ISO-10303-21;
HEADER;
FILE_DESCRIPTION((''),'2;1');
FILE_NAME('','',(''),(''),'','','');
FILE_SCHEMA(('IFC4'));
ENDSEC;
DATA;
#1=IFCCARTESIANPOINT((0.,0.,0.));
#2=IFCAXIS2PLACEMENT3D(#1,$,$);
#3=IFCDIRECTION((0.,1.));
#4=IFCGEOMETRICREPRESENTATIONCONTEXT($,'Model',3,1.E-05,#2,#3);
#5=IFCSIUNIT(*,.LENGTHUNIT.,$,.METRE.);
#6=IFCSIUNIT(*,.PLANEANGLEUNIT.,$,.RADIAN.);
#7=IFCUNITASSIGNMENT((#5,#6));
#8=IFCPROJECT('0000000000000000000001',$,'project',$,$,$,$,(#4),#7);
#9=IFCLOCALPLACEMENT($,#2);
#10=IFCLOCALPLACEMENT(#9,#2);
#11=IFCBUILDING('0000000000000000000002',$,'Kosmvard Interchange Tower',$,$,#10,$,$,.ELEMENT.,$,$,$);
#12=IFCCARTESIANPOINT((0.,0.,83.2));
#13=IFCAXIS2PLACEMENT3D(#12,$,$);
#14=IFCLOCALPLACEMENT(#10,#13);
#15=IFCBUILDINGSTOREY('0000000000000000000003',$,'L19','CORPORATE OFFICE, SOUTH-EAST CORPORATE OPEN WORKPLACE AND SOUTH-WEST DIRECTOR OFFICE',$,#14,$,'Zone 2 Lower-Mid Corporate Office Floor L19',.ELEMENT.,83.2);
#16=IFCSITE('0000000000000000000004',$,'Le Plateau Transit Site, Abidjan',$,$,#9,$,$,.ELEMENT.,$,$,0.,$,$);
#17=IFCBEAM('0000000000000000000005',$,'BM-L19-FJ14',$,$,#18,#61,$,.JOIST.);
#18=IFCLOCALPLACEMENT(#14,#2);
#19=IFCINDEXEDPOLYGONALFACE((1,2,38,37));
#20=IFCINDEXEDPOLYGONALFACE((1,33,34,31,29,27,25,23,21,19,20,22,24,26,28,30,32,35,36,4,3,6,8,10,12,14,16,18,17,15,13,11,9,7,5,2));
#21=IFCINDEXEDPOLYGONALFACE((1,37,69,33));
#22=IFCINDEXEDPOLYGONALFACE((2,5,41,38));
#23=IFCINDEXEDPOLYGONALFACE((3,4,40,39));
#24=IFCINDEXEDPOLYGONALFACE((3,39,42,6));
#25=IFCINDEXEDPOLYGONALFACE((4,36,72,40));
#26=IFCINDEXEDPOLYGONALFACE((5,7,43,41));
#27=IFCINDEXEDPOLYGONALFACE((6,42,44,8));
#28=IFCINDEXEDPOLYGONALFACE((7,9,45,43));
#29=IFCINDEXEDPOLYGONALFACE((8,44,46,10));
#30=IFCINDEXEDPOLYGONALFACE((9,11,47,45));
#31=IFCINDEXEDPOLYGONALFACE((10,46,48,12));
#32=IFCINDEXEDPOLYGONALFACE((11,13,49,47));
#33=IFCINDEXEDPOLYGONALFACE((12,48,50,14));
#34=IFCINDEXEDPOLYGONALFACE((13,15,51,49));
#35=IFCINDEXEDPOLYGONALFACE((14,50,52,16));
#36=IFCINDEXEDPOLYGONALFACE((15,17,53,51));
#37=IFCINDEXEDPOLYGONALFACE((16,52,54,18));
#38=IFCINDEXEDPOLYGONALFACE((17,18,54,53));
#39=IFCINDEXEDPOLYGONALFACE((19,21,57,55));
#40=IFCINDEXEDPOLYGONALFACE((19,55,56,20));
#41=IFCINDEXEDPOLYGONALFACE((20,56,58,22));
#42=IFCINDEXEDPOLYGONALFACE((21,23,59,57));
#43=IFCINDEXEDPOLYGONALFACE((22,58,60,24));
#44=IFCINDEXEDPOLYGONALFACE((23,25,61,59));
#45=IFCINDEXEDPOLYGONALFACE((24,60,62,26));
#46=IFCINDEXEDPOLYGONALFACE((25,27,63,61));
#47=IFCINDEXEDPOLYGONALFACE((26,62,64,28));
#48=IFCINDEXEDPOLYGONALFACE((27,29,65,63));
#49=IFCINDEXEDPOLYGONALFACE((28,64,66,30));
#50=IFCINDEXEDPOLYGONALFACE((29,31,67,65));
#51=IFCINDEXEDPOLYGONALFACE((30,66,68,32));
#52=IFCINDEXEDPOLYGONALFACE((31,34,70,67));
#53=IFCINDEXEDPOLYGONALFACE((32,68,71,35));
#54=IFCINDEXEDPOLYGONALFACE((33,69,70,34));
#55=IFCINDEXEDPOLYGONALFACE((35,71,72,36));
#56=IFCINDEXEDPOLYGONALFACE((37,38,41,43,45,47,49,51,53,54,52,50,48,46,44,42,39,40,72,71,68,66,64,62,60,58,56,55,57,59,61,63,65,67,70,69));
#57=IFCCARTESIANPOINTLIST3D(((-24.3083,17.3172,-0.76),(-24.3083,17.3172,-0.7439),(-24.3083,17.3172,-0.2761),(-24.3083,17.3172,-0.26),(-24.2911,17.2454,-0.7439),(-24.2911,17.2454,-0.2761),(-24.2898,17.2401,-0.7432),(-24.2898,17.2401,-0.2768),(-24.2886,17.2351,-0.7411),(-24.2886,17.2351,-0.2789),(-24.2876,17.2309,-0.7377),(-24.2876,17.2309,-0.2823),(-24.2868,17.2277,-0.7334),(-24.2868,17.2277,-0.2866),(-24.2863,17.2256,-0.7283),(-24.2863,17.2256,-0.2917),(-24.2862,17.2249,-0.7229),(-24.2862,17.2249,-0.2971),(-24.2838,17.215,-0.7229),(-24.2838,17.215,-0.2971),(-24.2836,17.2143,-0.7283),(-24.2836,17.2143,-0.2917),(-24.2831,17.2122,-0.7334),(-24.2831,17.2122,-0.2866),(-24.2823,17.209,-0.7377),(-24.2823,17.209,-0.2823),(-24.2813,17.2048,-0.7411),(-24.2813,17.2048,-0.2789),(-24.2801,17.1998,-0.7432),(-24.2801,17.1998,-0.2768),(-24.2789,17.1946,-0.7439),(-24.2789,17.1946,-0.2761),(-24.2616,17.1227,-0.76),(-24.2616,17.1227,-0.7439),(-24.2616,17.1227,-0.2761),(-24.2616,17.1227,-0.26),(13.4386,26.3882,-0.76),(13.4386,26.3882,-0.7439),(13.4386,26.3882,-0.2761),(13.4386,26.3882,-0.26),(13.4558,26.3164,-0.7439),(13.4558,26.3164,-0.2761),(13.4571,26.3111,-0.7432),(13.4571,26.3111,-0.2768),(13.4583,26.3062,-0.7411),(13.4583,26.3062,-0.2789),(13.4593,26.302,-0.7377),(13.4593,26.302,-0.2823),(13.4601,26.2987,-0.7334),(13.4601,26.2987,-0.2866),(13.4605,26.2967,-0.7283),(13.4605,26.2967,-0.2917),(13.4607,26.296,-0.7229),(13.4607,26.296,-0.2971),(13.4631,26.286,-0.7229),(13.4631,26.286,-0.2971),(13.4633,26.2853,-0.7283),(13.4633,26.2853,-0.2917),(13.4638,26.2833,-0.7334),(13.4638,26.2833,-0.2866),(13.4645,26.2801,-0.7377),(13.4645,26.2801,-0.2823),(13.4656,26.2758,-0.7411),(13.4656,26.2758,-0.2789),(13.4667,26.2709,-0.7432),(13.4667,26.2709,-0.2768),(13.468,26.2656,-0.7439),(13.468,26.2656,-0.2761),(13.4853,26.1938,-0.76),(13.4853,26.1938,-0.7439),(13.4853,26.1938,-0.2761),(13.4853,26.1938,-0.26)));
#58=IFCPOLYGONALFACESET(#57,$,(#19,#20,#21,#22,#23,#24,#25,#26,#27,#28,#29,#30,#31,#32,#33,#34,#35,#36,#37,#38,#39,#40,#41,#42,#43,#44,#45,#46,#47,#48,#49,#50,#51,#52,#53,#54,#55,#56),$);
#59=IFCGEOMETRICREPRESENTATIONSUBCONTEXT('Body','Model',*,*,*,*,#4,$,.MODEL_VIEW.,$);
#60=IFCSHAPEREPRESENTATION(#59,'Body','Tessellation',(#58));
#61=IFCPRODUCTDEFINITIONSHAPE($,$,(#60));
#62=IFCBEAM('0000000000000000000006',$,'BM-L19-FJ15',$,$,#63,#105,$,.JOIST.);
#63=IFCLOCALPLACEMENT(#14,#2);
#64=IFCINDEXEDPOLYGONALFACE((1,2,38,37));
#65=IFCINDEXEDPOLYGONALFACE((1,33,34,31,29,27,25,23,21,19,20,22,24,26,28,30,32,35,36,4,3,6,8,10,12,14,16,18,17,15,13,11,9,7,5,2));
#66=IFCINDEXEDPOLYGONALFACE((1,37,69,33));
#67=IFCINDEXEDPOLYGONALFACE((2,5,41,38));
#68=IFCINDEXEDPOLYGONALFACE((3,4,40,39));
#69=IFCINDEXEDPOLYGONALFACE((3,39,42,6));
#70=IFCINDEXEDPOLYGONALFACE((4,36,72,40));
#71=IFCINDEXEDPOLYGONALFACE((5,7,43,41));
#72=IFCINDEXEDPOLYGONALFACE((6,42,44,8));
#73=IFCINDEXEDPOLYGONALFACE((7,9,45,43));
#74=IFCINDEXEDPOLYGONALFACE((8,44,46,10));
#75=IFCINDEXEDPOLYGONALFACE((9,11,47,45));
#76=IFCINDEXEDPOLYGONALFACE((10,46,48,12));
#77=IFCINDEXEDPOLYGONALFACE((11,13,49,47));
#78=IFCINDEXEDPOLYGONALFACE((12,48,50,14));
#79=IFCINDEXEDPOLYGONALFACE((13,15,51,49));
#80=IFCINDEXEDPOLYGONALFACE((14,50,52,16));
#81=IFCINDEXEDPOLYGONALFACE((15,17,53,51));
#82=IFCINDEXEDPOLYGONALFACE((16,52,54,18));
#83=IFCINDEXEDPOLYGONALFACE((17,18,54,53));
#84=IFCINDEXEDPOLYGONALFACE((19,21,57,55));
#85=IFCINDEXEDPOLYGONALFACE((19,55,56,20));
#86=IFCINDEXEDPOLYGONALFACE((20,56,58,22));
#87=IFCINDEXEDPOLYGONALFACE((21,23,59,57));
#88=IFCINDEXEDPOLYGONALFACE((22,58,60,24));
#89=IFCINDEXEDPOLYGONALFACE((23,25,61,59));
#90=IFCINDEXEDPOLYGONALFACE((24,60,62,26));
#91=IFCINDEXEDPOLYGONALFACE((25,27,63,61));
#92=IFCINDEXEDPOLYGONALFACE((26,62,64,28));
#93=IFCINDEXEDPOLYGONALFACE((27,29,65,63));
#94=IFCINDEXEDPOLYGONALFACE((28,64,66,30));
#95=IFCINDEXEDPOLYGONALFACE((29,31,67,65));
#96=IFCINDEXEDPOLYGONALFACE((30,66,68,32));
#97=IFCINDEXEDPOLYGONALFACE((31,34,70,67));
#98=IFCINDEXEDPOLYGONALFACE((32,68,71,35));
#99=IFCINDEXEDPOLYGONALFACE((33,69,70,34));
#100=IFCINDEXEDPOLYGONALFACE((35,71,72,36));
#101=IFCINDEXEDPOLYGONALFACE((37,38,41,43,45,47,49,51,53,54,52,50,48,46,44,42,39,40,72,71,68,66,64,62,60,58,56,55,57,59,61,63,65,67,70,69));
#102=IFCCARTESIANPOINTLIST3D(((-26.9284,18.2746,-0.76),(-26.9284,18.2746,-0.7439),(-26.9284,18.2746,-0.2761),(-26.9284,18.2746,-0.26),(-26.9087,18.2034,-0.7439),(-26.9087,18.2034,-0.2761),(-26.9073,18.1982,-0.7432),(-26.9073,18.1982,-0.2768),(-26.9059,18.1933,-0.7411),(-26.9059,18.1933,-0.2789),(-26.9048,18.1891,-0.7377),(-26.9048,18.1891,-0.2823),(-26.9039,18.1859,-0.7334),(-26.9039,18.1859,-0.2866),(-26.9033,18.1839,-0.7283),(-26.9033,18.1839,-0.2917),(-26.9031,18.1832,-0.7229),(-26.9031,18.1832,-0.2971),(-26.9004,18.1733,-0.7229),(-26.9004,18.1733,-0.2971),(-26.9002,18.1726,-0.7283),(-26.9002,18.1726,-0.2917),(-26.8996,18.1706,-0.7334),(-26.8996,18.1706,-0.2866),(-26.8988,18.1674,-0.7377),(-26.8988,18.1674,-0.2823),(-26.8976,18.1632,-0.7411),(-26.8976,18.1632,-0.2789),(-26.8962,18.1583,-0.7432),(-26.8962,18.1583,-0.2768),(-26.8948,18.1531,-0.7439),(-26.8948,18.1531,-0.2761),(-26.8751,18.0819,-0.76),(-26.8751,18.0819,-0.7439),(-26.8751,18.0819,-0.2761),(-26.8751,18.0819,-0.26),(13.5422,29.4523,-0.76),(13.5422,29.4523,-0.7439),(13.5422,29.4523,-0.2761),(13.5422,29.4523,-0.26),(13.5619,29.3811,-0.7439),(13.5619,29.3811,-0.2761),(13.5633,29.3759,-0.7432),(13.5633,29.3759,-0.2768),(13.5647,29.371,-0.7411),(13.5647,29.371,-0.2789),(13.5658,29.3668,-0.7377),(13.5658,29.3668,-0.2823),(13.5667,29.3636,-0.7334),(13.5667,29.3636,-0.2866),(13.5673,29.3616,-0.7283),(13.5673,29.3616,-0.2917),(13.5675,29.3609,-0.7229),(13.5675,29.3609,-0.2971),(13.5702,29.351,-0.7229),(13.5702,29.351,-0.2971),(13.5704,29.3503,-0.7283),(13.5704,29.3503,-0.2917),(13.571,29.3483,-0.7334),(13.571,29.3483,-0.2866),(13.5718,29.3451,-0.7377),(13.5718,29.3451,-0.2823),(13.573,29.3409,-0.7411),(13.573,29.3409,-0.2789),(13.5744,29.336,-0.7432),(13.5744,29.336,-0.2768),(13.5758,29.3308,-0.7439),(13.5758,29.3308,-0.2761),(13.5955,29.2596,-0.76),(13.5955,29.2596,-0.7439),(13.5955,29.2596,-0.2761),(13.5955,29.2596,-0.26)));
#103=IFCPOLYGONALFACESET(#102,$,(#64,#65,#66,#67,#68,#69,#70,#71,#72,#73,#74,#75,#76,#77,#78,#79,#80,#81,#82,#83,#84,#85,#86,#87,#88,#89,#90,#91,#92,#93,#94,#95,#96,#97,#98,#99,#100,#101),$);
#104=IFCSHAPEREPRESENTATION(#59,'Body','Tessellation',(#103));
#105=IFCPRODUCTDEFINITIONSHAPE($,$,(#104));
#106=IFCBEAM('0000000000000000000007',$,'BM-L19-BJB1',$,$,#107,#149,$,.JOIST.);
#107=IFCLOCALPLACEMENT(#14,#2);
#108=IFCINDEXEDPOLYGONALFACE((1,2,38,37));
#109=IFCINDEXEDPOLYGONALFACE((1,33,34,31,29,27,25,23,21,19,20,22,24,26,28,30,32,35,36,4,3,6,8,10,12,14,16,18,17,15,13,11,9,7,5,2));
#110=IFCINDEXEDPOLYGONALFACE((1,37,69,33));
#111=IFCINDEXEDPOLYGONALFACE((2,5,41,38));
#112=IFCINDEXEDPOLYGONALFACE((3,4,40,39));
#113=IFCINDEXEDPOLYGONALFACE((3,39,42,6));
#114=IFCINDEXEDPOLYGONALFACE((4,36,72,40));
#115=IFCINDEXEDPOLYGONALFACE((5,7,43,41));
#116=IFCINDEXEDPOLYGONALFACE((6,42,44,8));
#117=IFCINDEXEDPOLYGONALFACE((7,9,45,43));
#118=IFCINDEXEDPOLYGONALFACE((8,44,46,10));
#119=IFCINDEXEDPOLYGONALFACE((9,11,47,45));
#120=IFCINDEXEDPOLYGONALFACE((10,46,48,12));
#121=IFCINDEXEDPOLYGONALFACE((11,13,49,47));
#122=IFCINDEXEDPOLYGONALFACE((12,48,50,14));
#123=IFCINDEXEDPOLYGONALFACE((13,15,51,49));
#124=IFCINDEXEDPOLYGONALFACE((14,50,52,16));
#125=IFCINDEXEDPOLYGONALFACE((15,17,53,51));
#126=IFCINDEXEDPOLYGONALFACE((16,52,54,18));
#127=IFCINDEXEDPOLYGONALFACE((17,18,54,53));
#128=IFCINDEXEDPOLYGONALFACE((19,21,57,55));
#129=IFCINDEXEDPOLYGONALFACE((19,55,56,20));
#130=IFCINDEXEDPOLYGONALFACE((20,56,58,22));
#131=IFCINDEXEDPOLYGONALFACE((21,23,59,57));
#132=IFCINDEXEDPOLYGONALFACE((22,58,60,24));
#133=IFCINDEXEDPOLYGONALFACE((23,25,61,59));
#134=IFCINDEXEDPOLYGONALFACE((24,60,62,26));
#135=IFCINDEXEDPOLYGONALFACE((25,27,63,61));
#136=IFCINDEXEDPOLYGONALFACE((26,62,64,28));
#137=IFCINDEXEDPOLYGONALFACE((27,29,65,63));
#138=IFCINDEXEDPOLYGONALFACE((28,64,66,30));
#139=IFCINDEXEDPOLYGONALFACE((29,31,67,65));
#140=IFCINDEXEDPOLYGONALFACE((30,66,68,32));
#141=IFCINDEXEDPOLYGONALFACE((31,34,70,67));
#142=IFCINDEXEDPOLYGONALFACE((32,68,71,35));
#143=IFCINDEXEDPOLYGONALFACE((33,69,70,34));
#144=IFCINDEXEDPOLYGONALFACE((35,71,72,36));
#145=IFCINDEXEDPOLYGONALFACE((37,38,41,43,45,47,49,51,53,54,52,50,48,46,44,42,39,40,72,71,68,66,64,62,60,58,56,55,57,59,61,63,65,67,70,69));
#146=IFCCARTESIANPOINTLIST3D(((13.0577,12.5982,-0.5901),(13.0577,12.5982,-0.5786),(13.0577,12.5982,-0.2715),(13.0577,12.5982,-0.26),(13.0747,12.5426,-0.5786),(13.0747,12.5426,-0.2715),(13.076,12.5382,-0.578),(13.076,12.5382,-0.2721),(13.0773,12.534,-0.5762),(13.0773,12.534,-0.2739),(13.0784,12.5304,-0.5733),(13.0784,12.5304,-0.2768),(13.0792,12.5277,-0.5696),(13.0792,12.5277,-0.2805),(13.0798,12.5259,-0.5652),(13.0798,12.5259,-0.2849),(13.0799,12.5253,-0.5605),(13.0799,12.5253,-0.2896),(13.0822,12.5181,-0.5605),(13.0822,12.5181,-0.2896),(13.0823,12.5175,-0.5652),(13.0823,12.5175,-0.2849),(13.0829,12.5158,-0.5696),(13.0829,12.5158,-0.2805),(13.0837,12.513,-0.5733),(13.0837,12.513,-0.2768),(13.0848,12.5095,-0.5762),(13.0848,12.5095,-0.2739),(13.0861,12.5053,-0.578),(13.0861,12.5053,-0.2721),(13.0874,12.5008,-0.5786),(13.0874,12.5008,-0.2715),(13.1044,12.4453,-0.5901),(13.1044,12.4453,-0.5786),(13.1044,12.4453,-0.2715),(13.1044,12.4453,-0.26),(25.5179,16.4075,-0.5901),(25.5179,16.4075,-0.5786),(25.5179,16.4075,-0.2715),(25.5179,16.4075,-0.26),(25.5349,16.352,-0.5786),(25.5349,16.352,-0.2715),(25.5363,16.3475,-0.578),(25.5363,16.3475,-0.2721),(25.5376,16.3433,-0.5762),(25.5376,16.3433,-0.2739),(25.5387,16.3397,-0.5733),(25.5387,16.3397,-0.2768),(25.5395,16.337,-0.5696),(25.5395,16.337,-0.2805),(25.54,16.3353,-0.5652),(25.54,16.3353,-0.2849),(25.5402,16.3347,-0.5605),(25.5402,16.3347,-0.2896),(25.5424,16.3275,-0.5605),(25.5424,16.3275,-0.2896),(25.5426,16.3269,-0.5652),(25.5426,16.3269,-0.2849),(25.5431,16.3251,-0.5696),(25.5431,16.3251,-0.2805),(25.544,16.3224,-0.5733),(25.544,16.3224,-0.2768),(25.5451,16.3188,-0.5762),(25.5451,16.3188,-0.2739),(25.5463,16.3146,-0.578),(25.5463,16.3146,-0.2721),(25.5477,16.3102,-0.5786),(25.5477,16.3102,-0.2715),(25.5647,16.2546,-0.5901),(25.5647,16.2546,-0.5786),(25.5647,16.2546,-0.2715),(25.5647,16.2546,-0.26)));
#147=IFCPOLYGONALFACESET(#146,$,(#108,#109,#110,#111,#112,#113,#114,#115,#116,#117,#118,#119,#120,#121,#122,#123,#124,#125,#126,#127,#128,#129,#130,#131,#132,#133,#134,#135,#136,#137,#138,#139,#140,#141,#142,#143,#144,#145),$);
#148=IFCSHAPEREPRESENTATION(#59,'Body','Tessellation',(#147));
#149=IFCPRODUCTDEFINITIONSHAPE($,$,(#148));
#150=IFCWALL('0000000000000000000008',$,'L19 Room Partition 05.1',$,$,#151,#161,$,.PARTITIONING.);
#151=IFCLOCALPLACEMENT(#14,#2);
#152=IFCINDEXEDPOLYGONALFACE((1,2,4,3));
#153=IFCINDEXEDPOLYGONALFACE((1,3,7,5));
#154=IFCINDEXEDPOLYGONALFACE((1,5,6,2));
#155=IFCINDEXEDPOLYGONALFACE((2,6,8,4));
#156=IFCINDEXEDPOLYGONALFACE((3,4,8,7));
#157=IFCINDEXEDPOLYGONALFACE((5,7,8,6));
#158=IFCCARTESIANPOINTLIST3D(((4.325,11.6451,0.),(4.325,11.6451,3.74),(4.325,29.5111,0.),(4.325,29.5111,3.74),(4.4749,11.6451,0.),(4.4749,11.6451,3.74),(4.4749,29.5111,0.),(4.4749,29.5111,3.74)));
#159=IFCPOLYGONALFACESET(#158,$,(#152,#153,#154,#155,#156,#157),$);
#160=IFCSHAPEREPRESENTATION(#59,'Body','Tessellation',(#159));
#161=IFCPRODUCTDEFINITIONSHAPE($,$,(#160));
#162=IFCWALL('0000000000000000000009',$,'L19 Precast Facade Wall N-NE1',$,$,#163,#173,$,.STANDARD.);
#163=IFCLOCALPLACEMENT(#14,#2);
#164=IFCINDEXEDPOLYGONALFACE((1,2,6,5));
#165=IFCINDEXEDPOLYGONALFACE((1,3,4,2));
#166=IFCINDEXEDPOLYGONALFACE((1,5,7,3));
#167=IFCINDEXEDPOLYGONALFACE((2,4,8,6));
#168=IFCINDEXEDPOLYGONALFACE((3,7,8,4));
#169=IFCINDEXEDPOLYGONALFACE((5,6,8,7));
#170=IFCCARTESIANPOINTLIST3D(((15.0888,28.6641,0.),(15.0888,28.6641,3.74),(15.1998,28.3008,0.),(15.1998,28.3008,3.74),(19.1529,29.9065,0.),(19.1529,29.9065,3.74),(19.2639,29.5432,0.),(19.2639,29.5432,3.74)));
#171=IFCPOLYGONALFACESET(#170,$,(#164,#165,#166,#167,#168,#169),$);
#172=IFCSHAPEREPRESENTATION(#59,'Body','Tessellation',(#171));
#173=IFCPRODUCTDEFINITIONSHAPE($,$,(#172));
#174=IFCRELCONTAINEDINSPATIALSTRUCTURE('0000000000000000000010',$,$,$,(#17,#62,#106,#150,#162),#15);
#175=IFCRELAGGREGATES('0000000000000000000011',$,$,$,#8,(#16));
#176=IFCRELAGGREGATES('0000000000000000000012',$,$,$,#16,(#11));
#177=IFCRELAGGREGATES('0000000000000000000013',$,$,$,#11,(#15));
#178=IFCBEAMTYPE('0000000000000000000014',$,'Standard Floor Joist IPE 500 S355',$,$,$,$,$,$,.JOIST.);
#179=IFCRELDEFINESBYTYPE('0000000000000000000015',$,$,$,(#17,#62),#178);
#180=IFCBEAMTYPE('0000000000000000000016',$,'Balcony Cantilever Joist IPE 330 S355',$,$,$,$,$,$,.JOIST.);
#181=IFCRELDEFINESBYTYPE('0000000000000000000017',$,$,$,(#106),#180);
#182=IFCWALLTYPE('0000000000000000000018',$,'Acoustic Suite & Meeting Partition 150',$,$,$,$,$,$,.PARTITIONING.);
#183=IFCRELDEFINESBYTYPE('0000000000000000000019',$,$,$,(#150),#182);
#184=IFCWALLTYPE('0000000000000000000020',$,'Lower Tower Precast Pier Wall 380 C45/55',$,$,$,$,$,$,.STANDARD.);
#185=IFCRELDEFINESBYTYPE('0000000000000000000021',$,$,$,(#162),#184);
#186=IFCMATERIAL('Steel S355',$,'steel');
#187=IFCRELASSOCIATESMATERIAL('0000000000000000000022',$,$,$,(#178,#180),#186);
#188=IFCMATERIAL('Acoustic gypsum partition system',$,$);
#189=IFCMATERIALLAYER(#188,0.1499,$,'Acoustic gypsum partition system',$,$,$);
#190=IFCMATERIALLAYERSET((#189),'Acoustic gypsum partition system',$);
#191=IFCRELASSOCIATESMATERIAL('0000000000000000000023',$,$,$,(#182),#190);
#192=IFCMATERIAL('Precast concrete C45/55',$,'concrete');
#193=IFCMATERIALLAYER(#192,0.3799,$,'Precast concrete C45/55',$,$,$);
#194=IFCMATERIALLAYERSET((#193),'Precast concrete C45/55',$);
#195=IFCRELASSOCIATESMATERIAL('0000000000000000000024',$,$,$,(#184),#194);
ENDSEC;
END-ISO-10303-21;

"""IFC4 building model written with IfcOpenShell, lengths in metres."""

from ifc_helpers import new_model, si_unit, direction, frame, frame_2d, origin, origin_2d, place, context, subcontext, project, spatial, rectangle, i_section, extrude, source, transform, mapped, material, layer, layer_set, material_profile, profile_set, type_object, element, save


model = new_model("IFC4")

# Units and contexts
model_context = context("Model", 3, precision=1e-05, world=origin(), true_north=direction((0.0, 1.0)))
body_context = subcontext(model_context, "Body", "Model", "MODEL_VIEW")
ifc_project = project(units=[si_unit("LENGTHUNIT", "METRE"), si_unit("PLANEANGLEUNIT", "RADIAN")], contexts=[model_context])

# Site, building, storey
site_placement = place(None, origin())
site = spatial("IfcSite", under=ifc_project, at=site_placement, Name="Le Plateau Transit Site, Abidjan", CompositionType="ELEMENT", RefElevation=0.0)
building_placement = place(site_placement, origin())
building = spatial("IfcBuilding", under=site, at=building_placement, Name="Kosmvard Interchange Tower", CompositionType="ELEMENT")
storey_placement = place(building_placement, frame((0.0, 0.0, 83.2)))
storey = spatial("IfcBuildingStorey", under=building, at=storey_placement, Name="L19", Description="CORPORATE OFFICE, SOUTH-EAST CORPORATE OPEN WORKPLACE AND SOUTH-WEST DIRECTOR OFFICE", LongName="Zone 2 Lower-Mid Corporate Office Floor L19", CompositionType="ELEMENT", Elevation=83.2)

# Beams
ifc_material_1 = material(Name="Steel S355", Category="steel")
ifc_material_2 = material(Name="Precast concrete C45/55", Category="concrete")
ifc_material_profile_1 = material_profile(ifc_material_1, i_section(OverallWidth=0.2, OverallDepth=0.5, WebThickness=0.0103, FlangeThickness=0.0161, FilletRadius=0.021, at=origin_2d()), Name="IPE 500")
ifc_profile_set_1 = profile_set([ifc_material_profile_1], Name="Steel S355")
beam_type_1 = type_object("IfcBeamType", Name="Standard Floor Joist IPE 500 S355", PredefinedType="JOIST", material=ifc_profile_set_1)
shared_shape_1 = source(origin(), body_context, "Body", "SweptSolid", [
    extrude(i_section(OverallWidth=0.2, OverallDepth=0.5, WebThickness=0.0103, FlangeThickness=0.0161, FilletRadius=0.021, at=origin_2d()), origin(), (0.0, 0.0, 1.0), 38.8215),
])
beam_1_placement = place(storey_placement, frame((13.4619, 26.291, -0.51), z_axis=(-0.972318, -0.233661, 0.0), x_axis=(0.233661, -0.972318, 0.0)))
element("IfcBeam", 1, at=beam_1_placement, inside=storey, type_object=beam_type_1, Name="BM-L19-FJ14", PredefinedType="JOIST", context=body_context, shape_type="MappedRepresentation", body=[
    mapped(shared_shape_1, transform((0.0, 0.0, 0.0), scale=1.0)),
])
shared_shape_2 = source(origin(), body_context, "Body", "SweptSolid", [
    extrude(i_section(OverallWidth=0.2, OverallDepth=0.5, WebThickness=0.0103, FlangeThickness=0.0161, FilletRadius=0.021, at=origin_2d()), origin(), (0.0, 0.0, 1.0), 41.9858),
])
beam_2_placement = place(storey_placement, frame((13.5688, 29.356, -0.51), z_axis=(-0.963911, -0.266226, 0.0), x_axis=(0.266226, -0.963911, 0.0)))
element("IfcBeam", 2, at=beam_2_placement, inside=storey, type_object=beam_type_1, Name="BM-L19-FJ15", PredefinedType="JOIST", context=body_context, shape_type="MappedRepresentation", body=[
    mapped(shared_shape_2, transform((0.0, 0.0, 0.0), scale=1.0)),
])
ifc_material_profile_2 = material_profile(ifc_material_1, i_section(OverallWidth=0.1599, OverallDepth=0.3301, WebThickness=0.0076, FlangeThickness=0.0115, FilletRadius=0.0181, at=origin_2d()), Name="IPE 330")
ifc_profile_set_2 = profile_set([ifc_material_profile_2], Name="Steel S355")
beam_type_2 = type_object("IfcBeamType", Name="Balcony Cantilever Joist IPE 330 S355", PredefinedType="JOIST", material=ifc_profile_set_2)
shared_shape_3 = source(origin(), body_context, "Body", "SweptSolid", [
    extrude(i_section(OverallWidth=0.1599, OverallDepth=0.3301, WebThickness=0.0076, FlangeThickness=0.0115, FilletRadius=0.0181, at=origin_2d()), origin(), (0.0, 0.0, 1.0), 13.0295),
])
beam_3_placement = place(storey_placement, frame((13.0811, 12.5217, -0.425), z_axis=(0.956308, 0.292362, 0.0), x_axis=(-0.292362, 0.956308, 0.0)))
element("IfcBeam", 3, at=beam_3_placement, inside=storey, type_object=beam_type_2, Name="BM-L19-BJB1", PredefinedType="JOIST", context=body_context, shape_type="MappedRepresentation", body=[
    mapped(shared_shape_3, transform((0.0, 0.0, 0.0), scale=1.0)),
])

# Walls
ifc_material_3 = material(Name="Acoustic gypsum partition system")
ifc_layer_1 = layer(ifc_material_3, 0.1499, Name="Acoustic gypsum partition system")
ifc_layer_set_1 = layer_set([ifc_layer_1], Name="Acoustic gypsum partition system")
wall_type_1 = type_object("IfcWallType", Name="Acoustic Suite & Meeting Partition 150", PredefinedType="PARTITIONING", material=ifc_layer_set_1)
wall_1_placement = place(storey_placement, frame((4.3999, 11.645, 0.0), z_axis=(0.0, 0.0, 1.0), x_axis=(0.0, 1.0, 0.0)))
element("IfcWall", 4, at=wall_1_placement, inside=storey, type_object=wall_type_1, Name="L19 Room Partition 05.1", PredefinedType="PARTITIONING", context=body_context, shape_type="SweptSolid", body=[
    extrude(rectangle(XDim=17.866, YDim=0.1499, at=frame_2d((8.9331, 0.0))), origin(), (0.0, 0.0, 1.0), 3.74),
])
ifc_layer_2 = layer(ifc_material_2, 0.3799, Name="Precast concrete C45/55")
ifc_layer_set_2 = layer_set([ifc_layer_2], Name="Precast concrete C45/55")
wall_type_2 = type_object("IfcWallType", Name="Lower Tower Precast Pier Wall 380 C45/55", PredefinedType="STANDARD", material=ifc_layer_set_2)
wall_2_placement = place(storey_placement, frame((19.2085, 29.7249, 0.0), z_axis=(0.0, 0.0, 1.0), x_axis=(-0.956313, -0.292346, 0.0)))
element("IfcWall", 5, at=wall_2_placement, inside=storey, type_object=wall_type_2, Name="L19 Precast Facade Wall N-NE1", PredefinedType="STANDARD", context=body_context, shape_type="SweptSolid", body=[
    extrude(rectangle(XDim=4.2498, YDim=0.3799, at=frame_2d((2.125, 0.0))), origin(), (0.0, 0.0, 1.0), 3.74),
])

save(model, "model.ifc")
